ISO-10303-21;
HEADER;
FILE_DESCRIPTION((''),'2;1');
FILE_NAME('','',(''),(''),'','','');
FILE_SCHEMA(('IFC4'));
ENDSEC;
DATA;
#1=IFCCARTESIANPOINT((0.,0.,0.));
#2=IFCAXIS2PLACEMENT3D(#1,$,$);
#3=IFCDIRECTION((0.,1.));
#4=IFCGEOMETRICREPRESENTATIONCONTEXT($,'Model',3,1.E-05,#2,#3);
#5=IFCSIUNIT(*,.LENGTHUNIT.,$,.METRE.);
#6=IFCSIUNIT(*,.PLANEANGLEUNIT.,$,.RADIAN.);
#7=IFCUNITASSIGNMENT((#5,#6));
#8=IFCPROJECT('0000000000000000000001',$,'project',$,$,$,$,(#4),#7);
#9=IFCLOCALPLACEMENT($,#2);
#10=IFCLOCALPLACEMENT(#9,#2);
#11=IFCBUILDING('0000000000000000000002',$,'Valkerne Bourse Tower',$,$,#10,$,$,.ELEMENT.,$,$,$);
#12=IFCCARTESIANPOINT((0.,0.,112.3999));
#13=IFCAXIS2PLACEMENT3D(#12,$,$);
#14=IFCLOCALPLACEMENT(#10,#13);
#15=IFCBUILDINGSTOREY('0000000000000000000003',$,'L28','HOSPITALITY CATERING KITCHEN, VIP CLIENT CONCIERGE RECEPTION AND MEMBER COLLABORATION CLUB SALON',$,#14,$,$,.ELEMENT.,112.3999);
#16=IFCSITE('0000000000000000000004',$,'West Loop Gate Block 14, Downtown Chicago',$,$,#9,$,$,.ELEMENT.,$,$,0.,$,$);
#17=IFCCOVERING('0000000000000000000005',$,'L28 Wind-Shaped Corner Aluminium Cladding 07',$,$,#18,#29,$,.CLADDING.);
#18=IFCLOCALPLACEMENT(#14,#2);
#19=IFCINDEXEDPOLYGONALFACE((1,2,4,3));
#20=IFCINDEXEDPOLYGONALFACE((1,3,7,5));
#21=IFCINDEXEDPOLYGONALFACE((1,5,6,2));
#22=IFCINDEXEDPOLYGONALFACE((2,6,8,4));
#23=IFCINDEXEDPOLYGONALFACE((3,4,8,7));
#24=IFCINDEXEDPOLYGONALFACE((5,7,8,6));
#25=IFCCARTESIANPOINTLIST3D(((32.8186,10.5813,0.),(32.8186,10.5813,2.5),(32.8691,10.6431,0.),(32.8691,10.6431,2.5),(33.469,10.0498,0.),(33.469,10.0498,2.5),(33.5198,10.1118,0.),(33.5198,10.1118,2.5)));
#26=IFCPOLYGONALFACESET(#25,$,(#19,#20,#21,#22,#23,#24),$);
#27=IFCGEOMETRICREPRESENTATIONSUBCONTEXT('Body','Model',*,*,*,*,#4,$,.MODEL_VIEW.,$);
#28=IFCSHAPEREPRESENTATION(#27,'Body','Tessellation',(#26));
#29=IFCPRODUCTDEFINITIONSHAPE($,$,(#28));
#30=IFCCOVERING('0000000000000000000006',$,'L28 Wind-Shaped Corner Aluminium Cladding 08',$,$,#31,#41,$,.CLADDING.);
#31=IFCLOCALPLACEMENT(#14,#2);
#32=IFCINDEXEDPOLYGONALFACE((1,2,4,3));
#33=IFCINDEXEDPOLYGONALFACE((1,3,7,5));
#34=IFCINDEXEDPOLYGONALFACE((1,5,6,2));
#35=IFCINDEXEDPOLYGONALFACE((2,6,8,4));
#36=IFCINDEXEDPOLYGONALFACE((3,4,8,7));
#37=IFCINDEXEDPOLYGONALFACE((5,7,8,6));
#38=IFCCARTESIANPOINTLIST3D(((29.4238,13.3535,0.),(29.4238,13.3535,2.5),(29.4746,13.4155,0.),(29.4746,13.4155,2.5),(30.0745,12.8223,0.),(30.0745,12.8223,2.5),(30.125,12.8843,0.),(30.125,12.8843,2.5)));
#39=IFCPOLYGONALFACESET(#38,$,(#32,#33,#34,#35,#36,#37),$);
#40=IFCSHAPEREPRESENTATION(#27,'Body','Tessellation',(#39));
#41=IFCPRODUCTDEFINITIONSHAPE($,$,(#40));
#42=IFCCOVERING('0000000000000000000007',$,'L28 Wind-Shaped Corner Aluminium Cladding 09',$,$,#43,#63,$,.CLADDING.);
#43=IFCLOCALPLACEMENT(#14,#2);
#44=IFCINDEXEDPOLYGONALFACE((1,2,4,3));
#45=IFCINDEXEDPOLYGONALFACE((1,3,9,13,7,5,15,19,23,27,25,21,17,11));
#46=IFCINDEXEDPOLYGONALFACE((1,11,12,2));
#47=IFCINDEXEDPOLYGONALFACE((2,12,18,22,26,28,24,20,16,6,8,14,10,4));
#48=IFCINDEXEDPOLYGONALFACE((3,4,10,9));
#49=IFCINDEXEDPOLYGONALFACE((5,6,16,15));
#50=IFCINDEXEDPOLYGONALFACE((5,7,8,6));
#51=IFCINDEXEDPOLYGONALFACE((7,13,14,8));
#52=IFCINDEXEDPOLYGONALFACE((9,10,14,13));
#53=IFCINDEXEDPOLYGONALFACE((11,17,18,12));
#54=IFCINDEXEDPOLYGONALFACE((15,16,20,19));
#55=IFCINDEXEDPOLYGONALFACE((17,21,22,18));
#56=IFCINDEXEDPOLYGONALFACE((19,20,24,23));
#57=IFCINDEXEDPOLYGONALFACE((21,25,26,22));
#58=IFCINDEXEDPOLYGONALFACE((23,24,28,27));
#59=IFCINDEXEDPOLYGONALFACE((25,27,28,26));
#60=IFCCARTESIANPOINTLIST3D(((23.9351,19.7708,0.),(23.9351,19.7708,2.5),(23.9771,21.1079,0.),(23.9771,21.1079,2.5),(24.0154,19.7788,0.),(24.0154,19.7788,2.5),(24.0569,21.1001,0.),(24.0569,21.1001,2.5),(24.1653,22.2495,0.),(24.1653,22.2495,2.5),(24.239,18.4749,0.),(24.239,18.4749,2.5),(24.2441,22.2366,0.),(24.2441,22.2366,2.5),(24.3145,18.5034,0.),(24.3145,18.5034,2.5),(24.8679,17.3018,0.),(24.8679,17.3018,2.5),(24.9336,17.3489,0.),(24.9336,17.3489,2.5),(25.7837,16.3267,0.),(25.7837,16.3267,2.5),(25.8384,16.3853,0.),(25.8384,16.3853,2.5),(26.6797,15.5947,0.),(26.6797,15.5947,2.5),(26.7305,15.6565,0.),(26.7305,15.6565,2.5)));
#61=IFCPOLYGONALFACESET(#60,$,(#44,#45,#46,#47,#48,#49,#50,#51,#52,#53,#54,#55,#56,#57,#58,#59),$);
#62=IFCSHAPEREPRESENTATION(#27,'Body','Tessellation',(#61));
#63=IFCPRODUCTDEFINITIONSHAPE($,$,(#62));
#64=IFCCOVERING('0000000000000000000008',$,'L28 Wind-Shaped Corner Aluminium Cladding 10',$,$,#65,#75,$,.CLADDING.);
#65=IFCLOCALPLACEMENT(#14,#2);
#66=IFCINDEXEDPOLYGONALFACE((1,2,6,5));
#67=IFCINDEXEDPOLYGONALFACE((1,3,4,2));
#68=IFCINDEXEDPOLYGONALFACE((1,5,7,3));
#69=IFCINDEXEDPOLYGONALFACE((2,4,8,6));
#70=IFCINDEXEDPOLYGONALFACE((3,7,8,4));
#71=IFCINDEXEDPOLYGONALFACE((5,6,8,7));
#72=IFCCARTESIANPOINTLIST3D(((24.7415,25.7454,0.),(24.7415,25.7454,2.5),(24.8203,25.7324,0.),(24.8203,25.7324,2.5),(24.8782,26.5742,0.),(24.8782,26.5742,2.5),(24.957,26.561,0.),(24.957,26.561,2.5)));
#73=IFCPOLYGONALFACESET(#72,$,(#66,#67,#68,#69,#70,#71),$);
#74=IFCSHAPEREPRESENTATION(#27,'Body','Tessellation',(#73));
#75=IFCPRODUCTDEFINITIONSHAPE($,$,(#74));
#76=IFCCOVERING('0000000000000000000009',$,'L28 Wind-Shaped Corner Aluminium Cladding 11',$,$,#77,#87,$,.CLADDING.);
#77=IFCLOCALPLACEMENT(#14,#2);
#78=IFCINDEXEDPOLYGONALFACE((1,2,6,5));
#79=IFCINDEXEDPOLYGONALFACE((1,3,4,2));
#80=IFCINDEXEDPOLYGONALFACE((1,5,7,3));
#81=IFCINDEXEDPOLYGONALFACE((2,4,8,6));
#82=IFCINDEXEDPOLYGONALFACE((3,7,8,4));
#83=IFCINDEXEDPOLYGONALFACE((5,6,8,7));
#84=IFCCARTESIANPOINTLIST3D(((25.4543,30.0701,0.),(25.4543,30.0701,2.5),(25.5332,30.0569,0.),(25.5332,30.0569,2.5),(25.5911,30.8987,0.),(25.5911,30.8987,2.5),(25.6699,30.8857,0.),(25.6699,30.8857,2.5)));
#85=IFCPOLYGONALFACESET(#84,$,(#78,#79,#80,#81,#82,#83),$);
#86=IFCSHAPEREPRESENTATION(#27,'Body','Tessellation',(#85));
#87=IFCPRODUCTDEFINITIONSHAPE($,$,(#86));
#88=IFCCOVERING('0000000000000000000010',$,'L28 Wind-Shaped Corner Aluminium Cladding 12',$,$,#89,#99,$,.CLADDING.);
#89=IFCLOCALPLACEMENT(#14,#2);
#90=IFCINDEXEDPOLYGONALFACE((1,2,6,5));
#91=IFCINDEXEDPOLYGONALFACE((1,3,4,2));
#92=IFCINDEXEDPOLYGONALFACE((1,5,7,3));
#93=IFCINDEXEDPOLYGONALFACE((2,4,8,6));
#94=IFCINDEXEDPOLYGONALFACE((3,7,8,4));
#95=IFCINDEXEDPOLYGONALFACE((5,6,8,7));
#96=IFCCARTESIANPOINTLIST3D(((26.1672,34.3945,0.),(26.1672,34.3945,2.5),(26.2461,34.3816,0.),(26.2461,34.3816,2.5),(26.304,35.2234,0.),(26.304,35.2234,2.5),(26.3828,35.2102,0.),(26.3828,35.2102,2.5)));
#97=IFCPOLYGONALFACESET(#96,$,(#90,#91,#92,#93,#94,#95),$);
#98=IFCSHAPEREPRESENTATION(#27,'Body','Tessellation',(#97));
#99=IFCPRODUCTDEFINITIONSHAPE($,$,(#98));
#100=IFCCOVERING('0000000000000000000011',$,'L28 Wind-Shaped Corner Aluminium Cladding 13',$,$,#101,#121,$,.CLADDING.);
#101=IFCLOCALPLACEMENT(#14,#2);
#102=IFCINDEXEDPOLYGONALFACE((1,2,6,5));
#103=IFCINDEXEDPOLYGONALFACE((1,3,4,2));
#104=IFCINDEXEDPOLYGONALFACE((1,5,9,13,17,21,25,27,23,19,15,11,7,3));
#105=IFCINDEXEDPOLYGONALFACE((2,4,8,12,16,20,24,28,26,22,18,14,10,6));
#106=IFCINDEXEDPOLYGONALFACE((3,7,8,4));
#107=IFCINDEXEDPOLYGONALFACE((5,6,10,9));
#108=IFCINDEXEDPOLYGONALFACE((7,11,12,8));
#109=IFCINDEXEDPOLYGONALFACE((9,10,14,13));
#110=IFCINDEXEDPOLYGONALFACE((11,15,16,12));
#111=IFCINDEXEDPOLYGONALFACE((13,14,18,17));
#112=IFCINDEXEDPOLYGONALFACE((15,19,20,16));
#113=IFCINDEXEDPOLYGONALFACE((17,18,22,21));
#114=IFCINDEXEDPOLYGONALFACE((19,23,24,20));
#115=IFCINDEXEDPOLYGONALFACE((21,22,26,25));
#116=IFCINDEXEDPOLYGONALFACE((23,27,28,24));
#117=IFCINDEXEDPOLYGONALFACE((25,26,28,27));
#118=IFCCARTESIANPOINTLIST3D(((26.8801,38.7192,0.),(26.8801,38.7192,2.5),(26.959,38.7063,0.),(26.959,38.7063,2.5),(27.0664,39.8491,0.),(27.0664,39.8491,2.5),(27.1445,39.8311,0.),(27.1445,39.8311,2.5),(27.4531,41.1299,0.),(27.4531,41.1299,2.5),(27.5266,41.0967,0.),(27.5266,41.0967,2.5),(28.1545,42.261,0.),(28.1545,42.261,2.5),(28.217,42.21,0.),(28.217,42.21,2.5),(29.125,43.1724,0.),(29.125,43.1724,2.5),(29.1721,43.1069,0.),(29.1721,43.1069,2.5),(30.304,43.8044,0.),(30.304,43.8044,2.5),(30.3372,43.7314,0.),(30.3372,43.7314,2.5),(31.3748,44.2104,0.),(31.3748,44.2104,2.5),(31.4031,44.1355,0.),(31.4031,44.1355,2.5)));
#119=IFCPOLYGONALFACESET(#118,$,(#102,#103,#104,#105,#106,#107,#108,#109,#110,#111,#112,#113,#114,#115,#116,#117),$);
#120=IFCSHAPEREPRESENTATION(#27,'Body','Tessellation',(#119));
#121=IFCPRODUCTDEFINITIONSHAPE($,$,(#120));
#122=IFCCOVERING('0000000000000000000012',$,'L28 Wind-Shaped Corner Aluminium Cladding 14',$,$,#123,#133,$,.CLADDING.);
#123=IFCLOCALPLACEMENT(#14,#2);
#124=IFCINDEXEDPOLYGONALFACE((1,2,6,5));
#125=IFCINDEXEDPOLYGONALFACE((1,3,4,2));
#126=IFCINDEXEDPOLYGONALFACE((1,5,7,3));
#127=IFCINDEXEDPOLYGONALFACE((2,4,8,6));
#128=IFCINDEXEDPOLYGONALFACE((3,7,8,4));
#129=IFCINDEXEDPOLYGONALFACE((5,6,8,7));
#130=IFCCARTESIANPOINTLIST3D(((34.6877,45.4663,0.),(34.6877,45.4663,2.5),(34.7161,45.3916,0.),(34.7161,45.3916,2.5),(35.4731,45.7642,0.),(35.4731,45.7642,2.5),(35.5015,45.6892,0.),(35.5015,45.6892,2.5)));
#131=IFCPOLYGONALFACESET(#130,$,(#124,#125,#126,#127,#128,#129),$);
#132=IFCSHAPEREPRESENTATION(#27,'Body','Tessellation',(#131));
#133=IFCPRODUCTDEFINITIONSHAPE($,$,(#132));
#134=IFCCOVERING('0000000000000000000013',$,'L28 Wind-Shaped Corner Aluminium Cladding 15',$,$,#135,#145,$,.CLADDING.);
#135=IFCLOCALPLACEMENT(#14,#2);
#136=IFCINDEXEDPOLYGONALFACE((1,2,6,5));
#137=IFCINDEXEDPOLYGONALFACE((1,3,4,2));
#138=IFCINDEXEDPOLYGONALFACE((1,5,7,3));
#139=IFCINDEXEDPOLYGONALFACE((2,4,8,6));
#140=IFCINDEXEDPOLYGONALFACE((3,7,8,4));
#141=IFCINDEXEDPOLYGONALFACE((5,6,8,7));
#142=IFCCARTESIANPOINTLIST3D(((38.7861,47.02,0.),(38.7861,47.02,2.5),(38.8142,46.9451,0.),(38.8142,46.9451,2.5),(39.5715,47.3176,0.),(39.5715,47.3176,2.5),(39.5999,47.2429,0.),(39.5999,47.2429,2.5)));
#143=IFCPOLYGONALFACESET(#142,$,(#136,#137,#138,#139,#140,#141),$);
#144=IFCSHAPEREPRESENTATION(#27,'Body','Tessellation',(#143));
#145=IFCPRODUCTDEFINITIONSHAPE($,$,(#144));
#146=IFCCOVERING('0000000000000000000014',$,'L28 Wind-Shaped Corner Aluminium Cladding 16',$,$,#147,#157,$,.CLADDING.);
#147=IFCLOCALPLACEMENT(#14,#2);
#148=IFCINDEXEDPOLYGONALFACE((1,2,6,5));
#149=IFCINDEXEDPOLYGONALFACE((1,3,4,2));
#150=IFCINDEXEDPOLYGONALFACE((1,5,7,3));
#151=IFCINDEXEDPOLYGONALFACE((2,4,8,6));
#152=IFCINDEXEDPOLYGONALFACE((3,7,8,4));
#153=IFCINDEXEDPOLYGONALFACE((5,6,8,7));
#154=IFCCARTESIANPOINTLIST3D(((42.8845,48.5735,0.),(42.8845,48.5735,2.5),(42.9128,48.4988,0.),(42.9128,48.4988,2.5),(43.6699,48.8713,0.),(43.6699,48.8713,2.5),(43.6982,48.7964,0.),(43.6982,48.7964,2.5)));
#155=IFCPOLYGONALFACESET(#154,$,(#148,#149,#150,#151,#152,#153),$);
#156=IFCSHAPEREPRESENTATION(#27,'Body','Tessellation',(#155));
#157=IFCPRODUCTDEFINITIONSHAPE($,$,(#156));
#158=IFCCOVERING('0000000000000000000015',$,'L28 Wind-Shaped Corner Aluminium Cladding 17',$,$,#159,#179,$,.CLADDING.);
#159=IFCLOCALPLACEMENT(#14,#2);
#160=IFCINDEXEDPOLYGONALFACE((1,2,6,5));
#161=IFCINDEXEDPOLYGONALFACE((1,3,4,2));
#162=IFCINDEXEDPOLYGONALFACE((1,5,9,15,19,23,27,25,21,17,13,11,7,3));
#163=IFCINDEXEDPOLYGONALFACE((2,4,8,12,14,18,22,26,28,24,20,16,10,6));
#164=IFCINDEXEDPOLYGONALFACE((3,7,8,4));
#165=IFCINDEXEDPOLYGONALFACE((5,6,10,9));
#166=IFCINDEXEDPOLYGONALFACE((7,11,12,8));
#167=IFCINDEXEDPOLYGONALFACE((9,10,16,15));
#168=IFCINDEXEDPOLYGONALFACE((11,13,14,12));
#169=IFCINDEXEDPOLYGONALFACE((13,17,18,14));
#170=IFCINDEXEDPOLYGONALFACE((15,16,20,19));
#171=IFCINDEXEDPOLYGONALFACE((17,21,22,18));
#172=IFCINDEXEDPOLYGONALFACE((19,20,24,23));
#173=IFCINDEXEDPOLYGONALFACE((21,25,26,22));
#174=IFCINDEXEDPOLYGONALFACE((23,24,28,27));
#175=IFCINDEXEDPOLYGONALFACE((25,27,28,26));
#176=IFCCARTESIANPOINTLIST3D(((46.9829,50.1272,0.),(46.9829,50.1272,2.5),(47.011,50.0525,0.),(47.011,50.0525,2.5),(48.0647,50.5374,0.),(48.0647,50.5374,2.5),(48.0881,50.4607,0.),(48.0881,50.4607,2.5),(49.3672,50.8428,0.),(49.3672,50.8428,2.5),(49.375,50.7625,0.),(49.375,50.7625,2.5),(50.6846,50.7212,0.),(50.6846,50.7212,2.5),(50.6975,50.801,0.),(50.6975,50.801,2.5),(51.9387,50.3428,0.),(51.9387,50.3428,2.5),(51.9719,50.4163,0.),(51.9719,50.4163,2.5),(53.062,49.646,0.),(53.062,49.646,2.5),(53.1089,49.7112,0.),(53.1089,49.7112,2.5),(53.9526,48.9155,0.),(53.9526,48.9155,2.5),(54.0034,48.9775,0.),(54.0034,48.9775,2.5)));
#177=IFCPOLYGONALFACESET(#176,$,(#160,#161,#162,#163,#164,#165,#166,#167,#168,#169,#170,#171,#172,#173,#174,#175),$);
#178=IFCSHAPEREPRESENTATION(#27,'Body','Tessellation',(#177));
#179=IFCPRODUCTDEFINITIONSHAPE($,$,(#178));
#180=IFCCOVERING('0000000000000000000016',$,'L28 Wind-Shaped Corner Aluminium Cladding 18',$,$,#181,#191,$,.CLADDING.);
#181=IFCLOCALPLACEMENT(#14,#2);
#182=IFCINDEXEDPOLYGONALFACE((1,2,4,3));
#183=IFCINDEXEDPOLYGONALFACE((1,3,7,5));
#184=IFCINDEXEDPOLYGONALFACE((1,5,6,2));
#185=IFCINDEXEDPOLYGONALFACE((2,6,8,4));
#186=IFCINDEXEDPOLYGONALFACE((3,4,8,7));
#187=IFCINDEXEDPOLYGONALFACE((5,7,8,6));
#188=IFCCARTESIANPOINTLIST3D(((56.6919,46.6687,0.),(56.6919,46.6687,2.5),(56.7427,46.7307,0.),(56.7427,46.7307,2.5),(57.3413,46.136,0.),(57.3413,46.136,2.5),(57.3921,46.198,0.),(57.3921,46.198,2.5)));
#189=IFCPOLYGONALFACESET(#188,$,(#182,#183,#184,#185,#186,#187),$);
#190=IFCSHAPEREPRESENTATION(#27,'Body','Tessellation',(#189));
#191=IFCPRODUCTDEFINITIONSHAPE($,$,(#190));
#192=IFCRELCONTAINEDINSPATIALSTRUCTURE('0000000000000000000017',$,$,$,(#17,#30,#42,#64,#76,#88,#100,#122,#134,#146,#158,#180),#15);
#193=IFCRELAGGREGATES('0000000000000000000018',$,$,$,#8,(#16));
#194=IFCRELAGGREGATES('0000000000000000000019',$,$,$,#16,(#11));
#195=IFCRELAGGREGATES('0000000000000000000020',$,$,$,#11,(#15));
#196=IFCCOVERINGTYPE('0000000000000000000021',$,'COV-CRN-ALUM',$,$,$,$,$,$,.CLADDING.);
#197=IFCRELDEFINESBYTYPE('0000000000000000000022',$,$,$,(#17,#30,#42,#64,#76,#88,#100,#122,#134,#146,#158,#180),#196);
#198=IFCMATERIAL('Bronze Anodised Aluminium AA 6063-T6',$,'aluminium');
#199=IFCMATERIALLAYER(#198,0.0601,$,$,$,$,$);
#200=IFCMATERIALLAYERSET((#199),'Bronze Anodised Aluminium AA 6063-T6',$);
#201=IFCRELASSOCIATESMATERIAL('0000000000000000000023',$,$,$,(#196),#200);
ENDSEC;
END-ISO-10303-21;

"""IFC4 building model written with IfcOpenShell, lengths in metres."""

from ifc_helpers import new_model, si_unit, direction, frame, origin, place, context, subcontext, project, spatial, polyline, outline, extrude, material, layer, layer_set, type_object, element, save


model = new_model("IFC4")

# Units and contexts
model_context = context("Model", 3, precision=1e-05, world=origin(), true_north=direction((0.0, 1.0)))
body_context = subcontext(model_context, "Body", "Model", "MODEL_VIEW")
ifc_project = project(units=[si_unit("LENGTHUNIT", "METRE"), si_unit("PLANEANGLEUNIT", "RADIAN")], contexts=[model_context])

# Site, building, storey
site_placement = place(None, origin())
site = spatial("IfcSite", under=ifc_project, at=site_placement, Name="West Loop Gate Block 14, Downtown Chicago", CompositionType="ELEMENT", RefElevation=0.0)
building_placement = place(site_placement, origin())
building = spatial("IfcBuilding", under=site, at=building_placement, Name="Valkerne Bourse Tower", CompositionType="ELEMENT")
storey_placement = place(building_placement, frame((0.0, 0.0, 112.3999)))
storey = spatial("IfcBuildingStorey", under=building, at=storey_placement, Name="L28", Description="HOSPITALITY CATERING KITCHEN, VIP CLIENT CONCIERGE RECEPTION AND MEMBER COLLABORATION CLUB SALON", CompositionType="ELEMENT", Elevation=112.3999)

# Coverings
ifc_material_1 = material(Name="Bronze Anodised Aluminium AA 6063-T6", Category="aluminium")
ifc_layer_1 = layer(ifc_material_1, 0.0601)
ifc_layer_set_1 = layer_set([ifc_layer_1], Name="Bronze Anodised Aluminium AA 6063-T6")
covering_type = type_object("IfcCoveringType", Name="COV-CRN-ALUM", PredefinedType="CLADDING", material=ifc_layer_set_1)
covering_1_placement = place(storey_placement, origin())
element("IfcCovering", 1, at=covering_1_placement, inside=storey, type_object=covering_type, Name="L28 Wind-Shaped Corner Aluminium Cladding 07", PredefinedType="CLADDING", context=body_context, shape_type="SweptSolid", body=[
    extrude(outline(polyline([(32.8186, 10.5813), (32.8691, 10.6431), (33.5198, 10.1118), (33.469, 10.0498), (32.8186, 10.5813)])), origin(), (0.0, 0.0, 1.0), 2.5),
])
covering_2_placement = place(storey_placement, origin())
element("IfcCovering", 2, at=covering_2_placement, inside=storey, type_object=covering_type, Name="L28 Wind-Shaped Corner Aluminium Cladding 08", PredefinedType="CLADDING", context=body_context, shape_type="SweptSolid", body=[
    extrude(outline(polyline([(29.4238, 13.3535), (29.4746, 13.4155), (30.125, 12.8843), (30.0745, 12.8223), (29.4238, 13.3535)])), origin(), (0.0, 0.0, 1.0), 2.5),
])
covering_3_placement = place(storey_placement, origin())
element("IfcCovering", 3, at=covering_3_placement, inside=storey, type_object=covering_type, Name="L28 Wind-Shaped Corner Aluminium Cladding 09", PredefinedType="CLADDING", context=body_context, shape_type="SweptSolid", body=[
    extrude(outline(polyline([(25.7837, 16.3267), (24.8679, 17.3018), (24.239, 18.4749), (23.9351, 19.7708), (23.9771, 21.1079), (24.1653, 22.2495), (24.2441, 22.2366), (24.0569, 21.1001), (24.0154, 19.7788), (24.3145, 18.5034), (24.9336, 17.3489), (25.8384, 16.3853), (26.7305, 15.6565), (26.6797, 15.5947), (25.7837, 16.3267)])), origin(), (0.0, 0.0, 1.0), 2.5),
])
covering_4_placement = place(storey_placement, origin())
element("IfcCovering", 4, at=covering_4_placement, inside=storey, type_object=covering_type, Name="L28 Wind-Shaped Corner Aluminium Cladding 10", PredefinedType="CLADDING", context=body_context, shape_type="SweptSolid", body=[
    extrude(outline(polyline([(24.8782, 26.5742), (24.957, 26.561), (24.8203, 25.7324), (24.7415, 25.7454), (24.8782, 26.5742)])), origin(), (0.0, 0.0, 1.0), 2.5),
])
covering_5_placement = place(storey_placement, origin())
element("IfcCovering", 5, at=covering_5_placement, inside=storey, type_object=covering_type, Name="L28 Wind-Shaped Corner Aluminium Cladding 11", PredefinedType="CLADDING", context=body_context, shape_type="SweptSolid", body=[
    extrude(outline(polyline([(25.5911, 30.8987), (25.6699, 30.8857), (25.5332, 30.0569), (25.4543, 30.0701), (25.5911, 30.8987)])), origin(), (0.0, 0.0, 1.0), 2.5),
])
covering_6_placement = place(storey_placement, origin())
element("IfcCovering", 6, at=covering_6_placement, inside=storey, type_object=covering_type, Name="L28 Wind-Shaped Corner Aluminium Cladding 12", PredefinedType="CLADDING", context=body_context, shape_type="SweptSolid", body=[
    extrude(outline(polyline([(26.304, 35.2234), (26.3828, 35.2102), (26.2461, 34.3816), (26.1672, 34.3945), (26.304, 35.2234)])), origin(), (0.0, 0.0, 1.0), 2.5),
])
covering_7_placement = place(storey_placement, origin())
element("IfcCovering", 7, at=covering_7_placement, inside=storey, type_object=covering_type, Name="L28 Wind-Shaped Corner Aluminium Cladding 13", PredefinedType="CLADDING", context=body_context, shape_type="SweptSolid", body=[
    extrude(outline(polyline([(27.0664, 39.8491), (27.4531, 41.1299), (28.1545, 42.261), (29.125, 43.1724), (30.304, 43.8044), (31.3748, 44.2104), (31.4031, 44.1355), (30.3372, 43.7314), (29.1721, 43.1069), (28.217, 42.21), (27.5266, 41.0967), (27.1445, 39.8311), (26.959, 38.7063), (26.8801, 38.7192), (27.0664, 39.8491)])), origin(), (0.0, 0.0, 1.0), 2.5),
])
covering_8_placement = place(storey_placement, origin())
element("IfcCovering", 8, at=covering_8_placement, inside=storey, type_object=covering_type, Name="L28 Wind-Shaped Corner Aluminium Cladding 14", PredefinedType="CLADDING", context=body_context, shape_type="SweptSolid", body=[
    extrude(outline(polyline([(35.4731, 45.7642), (35.5015, 45.6892), (34.7161, 45.3916), (34.6877, 45.4663), (35.4731, 45.7642)])), origin(), (0.0, 0.0, 1.0), 2.5),
])
covering_9_placement = place(storey_placement, origin())
element("IfcCovering", 9, at=covering_9_placement, inside=storey, type_object=covering_type, Name="L28 Wind-Shaped Corner Aluminium Cladding 15", PredefinedType="CLADDING", context=body_context, shape_type="SweptSolid", body=[
    extrude(outline(polyline([(39.5715, 47.3176), (39.5999, 47.2429), (38.8142, 46.9451), (38.7861, 47.02), (39.5715, 47.3176)])), origin(), (0.0, 0.0, 1.0), 2.5),
])
covering_10_placement = place(storey_placement, origin())
element("IfcCovering", 10, at=covering_10_placement, inside=storey, type_object=covering_type, Name="L28 Wind-Shaped Corner Aluminium Cladding 16", PredefinedType="CLADDING", context=body_context, shape_type="SweptSolid", body=[
    extrude(outline(polyline([(43.6699, 48.8713), (43.6982, 48.7964), (42.9128, 48.4988), (42.8845, 48.5735), (43.6699, 48.8713)])), origin(), (0.0, 0.0, 1.0), 2.5),
])
covering_11_placement = place(storey_placement, origin())
element("IfcCovering", 11, at=covering_11_placement, inside=storey, type_object=covering_type, Name="L28 Wind-Shaped Corner Aluminium Cladding 17", PredefinedType="CLADDING", context=body_context, shape_type="SweptSolid", body=[
    extrude(outline(polyline([(48.0647, 50.5374), (49.3672, 50.8428), (50.6975, 50.801), (51.9719, 50.4163), (53.1089, 49.7112), (54.0034, 48.9775), (53.9526, 48.9155), (53.062, 49.646), (51.9387, 50.3428), (50.6846, 50.7212), (49.375, 50.7625), (48.0881, 50.4607), (47.011, 50.0525), (46.9829, 50.1272), (48.0647, 50.5374)])), origin(), (0.0, 0.0, 1.0), 2.5),
])
covering_12_placement = place(storey_placement, origin())
element("IfcCovering", 12, at=covering_12_placement, inside=storey, type_object=covering_type, Name="L28 Wind-Shaped Corner Aluminium Cladding 18", PredefinedType="CLADDING", context=body_context, shape_type="SweptSolid", body=[
    extrude(outline(polyline([(57.3921, 46.198), (57.3413, 46.136), (56.6919, 46.6687), (56.7427, 46.7307), (57.3921, 46.198)])), origin(), (0.0, 0.0, 1.0), 2.5),
])

save(model, "model.ifc")
